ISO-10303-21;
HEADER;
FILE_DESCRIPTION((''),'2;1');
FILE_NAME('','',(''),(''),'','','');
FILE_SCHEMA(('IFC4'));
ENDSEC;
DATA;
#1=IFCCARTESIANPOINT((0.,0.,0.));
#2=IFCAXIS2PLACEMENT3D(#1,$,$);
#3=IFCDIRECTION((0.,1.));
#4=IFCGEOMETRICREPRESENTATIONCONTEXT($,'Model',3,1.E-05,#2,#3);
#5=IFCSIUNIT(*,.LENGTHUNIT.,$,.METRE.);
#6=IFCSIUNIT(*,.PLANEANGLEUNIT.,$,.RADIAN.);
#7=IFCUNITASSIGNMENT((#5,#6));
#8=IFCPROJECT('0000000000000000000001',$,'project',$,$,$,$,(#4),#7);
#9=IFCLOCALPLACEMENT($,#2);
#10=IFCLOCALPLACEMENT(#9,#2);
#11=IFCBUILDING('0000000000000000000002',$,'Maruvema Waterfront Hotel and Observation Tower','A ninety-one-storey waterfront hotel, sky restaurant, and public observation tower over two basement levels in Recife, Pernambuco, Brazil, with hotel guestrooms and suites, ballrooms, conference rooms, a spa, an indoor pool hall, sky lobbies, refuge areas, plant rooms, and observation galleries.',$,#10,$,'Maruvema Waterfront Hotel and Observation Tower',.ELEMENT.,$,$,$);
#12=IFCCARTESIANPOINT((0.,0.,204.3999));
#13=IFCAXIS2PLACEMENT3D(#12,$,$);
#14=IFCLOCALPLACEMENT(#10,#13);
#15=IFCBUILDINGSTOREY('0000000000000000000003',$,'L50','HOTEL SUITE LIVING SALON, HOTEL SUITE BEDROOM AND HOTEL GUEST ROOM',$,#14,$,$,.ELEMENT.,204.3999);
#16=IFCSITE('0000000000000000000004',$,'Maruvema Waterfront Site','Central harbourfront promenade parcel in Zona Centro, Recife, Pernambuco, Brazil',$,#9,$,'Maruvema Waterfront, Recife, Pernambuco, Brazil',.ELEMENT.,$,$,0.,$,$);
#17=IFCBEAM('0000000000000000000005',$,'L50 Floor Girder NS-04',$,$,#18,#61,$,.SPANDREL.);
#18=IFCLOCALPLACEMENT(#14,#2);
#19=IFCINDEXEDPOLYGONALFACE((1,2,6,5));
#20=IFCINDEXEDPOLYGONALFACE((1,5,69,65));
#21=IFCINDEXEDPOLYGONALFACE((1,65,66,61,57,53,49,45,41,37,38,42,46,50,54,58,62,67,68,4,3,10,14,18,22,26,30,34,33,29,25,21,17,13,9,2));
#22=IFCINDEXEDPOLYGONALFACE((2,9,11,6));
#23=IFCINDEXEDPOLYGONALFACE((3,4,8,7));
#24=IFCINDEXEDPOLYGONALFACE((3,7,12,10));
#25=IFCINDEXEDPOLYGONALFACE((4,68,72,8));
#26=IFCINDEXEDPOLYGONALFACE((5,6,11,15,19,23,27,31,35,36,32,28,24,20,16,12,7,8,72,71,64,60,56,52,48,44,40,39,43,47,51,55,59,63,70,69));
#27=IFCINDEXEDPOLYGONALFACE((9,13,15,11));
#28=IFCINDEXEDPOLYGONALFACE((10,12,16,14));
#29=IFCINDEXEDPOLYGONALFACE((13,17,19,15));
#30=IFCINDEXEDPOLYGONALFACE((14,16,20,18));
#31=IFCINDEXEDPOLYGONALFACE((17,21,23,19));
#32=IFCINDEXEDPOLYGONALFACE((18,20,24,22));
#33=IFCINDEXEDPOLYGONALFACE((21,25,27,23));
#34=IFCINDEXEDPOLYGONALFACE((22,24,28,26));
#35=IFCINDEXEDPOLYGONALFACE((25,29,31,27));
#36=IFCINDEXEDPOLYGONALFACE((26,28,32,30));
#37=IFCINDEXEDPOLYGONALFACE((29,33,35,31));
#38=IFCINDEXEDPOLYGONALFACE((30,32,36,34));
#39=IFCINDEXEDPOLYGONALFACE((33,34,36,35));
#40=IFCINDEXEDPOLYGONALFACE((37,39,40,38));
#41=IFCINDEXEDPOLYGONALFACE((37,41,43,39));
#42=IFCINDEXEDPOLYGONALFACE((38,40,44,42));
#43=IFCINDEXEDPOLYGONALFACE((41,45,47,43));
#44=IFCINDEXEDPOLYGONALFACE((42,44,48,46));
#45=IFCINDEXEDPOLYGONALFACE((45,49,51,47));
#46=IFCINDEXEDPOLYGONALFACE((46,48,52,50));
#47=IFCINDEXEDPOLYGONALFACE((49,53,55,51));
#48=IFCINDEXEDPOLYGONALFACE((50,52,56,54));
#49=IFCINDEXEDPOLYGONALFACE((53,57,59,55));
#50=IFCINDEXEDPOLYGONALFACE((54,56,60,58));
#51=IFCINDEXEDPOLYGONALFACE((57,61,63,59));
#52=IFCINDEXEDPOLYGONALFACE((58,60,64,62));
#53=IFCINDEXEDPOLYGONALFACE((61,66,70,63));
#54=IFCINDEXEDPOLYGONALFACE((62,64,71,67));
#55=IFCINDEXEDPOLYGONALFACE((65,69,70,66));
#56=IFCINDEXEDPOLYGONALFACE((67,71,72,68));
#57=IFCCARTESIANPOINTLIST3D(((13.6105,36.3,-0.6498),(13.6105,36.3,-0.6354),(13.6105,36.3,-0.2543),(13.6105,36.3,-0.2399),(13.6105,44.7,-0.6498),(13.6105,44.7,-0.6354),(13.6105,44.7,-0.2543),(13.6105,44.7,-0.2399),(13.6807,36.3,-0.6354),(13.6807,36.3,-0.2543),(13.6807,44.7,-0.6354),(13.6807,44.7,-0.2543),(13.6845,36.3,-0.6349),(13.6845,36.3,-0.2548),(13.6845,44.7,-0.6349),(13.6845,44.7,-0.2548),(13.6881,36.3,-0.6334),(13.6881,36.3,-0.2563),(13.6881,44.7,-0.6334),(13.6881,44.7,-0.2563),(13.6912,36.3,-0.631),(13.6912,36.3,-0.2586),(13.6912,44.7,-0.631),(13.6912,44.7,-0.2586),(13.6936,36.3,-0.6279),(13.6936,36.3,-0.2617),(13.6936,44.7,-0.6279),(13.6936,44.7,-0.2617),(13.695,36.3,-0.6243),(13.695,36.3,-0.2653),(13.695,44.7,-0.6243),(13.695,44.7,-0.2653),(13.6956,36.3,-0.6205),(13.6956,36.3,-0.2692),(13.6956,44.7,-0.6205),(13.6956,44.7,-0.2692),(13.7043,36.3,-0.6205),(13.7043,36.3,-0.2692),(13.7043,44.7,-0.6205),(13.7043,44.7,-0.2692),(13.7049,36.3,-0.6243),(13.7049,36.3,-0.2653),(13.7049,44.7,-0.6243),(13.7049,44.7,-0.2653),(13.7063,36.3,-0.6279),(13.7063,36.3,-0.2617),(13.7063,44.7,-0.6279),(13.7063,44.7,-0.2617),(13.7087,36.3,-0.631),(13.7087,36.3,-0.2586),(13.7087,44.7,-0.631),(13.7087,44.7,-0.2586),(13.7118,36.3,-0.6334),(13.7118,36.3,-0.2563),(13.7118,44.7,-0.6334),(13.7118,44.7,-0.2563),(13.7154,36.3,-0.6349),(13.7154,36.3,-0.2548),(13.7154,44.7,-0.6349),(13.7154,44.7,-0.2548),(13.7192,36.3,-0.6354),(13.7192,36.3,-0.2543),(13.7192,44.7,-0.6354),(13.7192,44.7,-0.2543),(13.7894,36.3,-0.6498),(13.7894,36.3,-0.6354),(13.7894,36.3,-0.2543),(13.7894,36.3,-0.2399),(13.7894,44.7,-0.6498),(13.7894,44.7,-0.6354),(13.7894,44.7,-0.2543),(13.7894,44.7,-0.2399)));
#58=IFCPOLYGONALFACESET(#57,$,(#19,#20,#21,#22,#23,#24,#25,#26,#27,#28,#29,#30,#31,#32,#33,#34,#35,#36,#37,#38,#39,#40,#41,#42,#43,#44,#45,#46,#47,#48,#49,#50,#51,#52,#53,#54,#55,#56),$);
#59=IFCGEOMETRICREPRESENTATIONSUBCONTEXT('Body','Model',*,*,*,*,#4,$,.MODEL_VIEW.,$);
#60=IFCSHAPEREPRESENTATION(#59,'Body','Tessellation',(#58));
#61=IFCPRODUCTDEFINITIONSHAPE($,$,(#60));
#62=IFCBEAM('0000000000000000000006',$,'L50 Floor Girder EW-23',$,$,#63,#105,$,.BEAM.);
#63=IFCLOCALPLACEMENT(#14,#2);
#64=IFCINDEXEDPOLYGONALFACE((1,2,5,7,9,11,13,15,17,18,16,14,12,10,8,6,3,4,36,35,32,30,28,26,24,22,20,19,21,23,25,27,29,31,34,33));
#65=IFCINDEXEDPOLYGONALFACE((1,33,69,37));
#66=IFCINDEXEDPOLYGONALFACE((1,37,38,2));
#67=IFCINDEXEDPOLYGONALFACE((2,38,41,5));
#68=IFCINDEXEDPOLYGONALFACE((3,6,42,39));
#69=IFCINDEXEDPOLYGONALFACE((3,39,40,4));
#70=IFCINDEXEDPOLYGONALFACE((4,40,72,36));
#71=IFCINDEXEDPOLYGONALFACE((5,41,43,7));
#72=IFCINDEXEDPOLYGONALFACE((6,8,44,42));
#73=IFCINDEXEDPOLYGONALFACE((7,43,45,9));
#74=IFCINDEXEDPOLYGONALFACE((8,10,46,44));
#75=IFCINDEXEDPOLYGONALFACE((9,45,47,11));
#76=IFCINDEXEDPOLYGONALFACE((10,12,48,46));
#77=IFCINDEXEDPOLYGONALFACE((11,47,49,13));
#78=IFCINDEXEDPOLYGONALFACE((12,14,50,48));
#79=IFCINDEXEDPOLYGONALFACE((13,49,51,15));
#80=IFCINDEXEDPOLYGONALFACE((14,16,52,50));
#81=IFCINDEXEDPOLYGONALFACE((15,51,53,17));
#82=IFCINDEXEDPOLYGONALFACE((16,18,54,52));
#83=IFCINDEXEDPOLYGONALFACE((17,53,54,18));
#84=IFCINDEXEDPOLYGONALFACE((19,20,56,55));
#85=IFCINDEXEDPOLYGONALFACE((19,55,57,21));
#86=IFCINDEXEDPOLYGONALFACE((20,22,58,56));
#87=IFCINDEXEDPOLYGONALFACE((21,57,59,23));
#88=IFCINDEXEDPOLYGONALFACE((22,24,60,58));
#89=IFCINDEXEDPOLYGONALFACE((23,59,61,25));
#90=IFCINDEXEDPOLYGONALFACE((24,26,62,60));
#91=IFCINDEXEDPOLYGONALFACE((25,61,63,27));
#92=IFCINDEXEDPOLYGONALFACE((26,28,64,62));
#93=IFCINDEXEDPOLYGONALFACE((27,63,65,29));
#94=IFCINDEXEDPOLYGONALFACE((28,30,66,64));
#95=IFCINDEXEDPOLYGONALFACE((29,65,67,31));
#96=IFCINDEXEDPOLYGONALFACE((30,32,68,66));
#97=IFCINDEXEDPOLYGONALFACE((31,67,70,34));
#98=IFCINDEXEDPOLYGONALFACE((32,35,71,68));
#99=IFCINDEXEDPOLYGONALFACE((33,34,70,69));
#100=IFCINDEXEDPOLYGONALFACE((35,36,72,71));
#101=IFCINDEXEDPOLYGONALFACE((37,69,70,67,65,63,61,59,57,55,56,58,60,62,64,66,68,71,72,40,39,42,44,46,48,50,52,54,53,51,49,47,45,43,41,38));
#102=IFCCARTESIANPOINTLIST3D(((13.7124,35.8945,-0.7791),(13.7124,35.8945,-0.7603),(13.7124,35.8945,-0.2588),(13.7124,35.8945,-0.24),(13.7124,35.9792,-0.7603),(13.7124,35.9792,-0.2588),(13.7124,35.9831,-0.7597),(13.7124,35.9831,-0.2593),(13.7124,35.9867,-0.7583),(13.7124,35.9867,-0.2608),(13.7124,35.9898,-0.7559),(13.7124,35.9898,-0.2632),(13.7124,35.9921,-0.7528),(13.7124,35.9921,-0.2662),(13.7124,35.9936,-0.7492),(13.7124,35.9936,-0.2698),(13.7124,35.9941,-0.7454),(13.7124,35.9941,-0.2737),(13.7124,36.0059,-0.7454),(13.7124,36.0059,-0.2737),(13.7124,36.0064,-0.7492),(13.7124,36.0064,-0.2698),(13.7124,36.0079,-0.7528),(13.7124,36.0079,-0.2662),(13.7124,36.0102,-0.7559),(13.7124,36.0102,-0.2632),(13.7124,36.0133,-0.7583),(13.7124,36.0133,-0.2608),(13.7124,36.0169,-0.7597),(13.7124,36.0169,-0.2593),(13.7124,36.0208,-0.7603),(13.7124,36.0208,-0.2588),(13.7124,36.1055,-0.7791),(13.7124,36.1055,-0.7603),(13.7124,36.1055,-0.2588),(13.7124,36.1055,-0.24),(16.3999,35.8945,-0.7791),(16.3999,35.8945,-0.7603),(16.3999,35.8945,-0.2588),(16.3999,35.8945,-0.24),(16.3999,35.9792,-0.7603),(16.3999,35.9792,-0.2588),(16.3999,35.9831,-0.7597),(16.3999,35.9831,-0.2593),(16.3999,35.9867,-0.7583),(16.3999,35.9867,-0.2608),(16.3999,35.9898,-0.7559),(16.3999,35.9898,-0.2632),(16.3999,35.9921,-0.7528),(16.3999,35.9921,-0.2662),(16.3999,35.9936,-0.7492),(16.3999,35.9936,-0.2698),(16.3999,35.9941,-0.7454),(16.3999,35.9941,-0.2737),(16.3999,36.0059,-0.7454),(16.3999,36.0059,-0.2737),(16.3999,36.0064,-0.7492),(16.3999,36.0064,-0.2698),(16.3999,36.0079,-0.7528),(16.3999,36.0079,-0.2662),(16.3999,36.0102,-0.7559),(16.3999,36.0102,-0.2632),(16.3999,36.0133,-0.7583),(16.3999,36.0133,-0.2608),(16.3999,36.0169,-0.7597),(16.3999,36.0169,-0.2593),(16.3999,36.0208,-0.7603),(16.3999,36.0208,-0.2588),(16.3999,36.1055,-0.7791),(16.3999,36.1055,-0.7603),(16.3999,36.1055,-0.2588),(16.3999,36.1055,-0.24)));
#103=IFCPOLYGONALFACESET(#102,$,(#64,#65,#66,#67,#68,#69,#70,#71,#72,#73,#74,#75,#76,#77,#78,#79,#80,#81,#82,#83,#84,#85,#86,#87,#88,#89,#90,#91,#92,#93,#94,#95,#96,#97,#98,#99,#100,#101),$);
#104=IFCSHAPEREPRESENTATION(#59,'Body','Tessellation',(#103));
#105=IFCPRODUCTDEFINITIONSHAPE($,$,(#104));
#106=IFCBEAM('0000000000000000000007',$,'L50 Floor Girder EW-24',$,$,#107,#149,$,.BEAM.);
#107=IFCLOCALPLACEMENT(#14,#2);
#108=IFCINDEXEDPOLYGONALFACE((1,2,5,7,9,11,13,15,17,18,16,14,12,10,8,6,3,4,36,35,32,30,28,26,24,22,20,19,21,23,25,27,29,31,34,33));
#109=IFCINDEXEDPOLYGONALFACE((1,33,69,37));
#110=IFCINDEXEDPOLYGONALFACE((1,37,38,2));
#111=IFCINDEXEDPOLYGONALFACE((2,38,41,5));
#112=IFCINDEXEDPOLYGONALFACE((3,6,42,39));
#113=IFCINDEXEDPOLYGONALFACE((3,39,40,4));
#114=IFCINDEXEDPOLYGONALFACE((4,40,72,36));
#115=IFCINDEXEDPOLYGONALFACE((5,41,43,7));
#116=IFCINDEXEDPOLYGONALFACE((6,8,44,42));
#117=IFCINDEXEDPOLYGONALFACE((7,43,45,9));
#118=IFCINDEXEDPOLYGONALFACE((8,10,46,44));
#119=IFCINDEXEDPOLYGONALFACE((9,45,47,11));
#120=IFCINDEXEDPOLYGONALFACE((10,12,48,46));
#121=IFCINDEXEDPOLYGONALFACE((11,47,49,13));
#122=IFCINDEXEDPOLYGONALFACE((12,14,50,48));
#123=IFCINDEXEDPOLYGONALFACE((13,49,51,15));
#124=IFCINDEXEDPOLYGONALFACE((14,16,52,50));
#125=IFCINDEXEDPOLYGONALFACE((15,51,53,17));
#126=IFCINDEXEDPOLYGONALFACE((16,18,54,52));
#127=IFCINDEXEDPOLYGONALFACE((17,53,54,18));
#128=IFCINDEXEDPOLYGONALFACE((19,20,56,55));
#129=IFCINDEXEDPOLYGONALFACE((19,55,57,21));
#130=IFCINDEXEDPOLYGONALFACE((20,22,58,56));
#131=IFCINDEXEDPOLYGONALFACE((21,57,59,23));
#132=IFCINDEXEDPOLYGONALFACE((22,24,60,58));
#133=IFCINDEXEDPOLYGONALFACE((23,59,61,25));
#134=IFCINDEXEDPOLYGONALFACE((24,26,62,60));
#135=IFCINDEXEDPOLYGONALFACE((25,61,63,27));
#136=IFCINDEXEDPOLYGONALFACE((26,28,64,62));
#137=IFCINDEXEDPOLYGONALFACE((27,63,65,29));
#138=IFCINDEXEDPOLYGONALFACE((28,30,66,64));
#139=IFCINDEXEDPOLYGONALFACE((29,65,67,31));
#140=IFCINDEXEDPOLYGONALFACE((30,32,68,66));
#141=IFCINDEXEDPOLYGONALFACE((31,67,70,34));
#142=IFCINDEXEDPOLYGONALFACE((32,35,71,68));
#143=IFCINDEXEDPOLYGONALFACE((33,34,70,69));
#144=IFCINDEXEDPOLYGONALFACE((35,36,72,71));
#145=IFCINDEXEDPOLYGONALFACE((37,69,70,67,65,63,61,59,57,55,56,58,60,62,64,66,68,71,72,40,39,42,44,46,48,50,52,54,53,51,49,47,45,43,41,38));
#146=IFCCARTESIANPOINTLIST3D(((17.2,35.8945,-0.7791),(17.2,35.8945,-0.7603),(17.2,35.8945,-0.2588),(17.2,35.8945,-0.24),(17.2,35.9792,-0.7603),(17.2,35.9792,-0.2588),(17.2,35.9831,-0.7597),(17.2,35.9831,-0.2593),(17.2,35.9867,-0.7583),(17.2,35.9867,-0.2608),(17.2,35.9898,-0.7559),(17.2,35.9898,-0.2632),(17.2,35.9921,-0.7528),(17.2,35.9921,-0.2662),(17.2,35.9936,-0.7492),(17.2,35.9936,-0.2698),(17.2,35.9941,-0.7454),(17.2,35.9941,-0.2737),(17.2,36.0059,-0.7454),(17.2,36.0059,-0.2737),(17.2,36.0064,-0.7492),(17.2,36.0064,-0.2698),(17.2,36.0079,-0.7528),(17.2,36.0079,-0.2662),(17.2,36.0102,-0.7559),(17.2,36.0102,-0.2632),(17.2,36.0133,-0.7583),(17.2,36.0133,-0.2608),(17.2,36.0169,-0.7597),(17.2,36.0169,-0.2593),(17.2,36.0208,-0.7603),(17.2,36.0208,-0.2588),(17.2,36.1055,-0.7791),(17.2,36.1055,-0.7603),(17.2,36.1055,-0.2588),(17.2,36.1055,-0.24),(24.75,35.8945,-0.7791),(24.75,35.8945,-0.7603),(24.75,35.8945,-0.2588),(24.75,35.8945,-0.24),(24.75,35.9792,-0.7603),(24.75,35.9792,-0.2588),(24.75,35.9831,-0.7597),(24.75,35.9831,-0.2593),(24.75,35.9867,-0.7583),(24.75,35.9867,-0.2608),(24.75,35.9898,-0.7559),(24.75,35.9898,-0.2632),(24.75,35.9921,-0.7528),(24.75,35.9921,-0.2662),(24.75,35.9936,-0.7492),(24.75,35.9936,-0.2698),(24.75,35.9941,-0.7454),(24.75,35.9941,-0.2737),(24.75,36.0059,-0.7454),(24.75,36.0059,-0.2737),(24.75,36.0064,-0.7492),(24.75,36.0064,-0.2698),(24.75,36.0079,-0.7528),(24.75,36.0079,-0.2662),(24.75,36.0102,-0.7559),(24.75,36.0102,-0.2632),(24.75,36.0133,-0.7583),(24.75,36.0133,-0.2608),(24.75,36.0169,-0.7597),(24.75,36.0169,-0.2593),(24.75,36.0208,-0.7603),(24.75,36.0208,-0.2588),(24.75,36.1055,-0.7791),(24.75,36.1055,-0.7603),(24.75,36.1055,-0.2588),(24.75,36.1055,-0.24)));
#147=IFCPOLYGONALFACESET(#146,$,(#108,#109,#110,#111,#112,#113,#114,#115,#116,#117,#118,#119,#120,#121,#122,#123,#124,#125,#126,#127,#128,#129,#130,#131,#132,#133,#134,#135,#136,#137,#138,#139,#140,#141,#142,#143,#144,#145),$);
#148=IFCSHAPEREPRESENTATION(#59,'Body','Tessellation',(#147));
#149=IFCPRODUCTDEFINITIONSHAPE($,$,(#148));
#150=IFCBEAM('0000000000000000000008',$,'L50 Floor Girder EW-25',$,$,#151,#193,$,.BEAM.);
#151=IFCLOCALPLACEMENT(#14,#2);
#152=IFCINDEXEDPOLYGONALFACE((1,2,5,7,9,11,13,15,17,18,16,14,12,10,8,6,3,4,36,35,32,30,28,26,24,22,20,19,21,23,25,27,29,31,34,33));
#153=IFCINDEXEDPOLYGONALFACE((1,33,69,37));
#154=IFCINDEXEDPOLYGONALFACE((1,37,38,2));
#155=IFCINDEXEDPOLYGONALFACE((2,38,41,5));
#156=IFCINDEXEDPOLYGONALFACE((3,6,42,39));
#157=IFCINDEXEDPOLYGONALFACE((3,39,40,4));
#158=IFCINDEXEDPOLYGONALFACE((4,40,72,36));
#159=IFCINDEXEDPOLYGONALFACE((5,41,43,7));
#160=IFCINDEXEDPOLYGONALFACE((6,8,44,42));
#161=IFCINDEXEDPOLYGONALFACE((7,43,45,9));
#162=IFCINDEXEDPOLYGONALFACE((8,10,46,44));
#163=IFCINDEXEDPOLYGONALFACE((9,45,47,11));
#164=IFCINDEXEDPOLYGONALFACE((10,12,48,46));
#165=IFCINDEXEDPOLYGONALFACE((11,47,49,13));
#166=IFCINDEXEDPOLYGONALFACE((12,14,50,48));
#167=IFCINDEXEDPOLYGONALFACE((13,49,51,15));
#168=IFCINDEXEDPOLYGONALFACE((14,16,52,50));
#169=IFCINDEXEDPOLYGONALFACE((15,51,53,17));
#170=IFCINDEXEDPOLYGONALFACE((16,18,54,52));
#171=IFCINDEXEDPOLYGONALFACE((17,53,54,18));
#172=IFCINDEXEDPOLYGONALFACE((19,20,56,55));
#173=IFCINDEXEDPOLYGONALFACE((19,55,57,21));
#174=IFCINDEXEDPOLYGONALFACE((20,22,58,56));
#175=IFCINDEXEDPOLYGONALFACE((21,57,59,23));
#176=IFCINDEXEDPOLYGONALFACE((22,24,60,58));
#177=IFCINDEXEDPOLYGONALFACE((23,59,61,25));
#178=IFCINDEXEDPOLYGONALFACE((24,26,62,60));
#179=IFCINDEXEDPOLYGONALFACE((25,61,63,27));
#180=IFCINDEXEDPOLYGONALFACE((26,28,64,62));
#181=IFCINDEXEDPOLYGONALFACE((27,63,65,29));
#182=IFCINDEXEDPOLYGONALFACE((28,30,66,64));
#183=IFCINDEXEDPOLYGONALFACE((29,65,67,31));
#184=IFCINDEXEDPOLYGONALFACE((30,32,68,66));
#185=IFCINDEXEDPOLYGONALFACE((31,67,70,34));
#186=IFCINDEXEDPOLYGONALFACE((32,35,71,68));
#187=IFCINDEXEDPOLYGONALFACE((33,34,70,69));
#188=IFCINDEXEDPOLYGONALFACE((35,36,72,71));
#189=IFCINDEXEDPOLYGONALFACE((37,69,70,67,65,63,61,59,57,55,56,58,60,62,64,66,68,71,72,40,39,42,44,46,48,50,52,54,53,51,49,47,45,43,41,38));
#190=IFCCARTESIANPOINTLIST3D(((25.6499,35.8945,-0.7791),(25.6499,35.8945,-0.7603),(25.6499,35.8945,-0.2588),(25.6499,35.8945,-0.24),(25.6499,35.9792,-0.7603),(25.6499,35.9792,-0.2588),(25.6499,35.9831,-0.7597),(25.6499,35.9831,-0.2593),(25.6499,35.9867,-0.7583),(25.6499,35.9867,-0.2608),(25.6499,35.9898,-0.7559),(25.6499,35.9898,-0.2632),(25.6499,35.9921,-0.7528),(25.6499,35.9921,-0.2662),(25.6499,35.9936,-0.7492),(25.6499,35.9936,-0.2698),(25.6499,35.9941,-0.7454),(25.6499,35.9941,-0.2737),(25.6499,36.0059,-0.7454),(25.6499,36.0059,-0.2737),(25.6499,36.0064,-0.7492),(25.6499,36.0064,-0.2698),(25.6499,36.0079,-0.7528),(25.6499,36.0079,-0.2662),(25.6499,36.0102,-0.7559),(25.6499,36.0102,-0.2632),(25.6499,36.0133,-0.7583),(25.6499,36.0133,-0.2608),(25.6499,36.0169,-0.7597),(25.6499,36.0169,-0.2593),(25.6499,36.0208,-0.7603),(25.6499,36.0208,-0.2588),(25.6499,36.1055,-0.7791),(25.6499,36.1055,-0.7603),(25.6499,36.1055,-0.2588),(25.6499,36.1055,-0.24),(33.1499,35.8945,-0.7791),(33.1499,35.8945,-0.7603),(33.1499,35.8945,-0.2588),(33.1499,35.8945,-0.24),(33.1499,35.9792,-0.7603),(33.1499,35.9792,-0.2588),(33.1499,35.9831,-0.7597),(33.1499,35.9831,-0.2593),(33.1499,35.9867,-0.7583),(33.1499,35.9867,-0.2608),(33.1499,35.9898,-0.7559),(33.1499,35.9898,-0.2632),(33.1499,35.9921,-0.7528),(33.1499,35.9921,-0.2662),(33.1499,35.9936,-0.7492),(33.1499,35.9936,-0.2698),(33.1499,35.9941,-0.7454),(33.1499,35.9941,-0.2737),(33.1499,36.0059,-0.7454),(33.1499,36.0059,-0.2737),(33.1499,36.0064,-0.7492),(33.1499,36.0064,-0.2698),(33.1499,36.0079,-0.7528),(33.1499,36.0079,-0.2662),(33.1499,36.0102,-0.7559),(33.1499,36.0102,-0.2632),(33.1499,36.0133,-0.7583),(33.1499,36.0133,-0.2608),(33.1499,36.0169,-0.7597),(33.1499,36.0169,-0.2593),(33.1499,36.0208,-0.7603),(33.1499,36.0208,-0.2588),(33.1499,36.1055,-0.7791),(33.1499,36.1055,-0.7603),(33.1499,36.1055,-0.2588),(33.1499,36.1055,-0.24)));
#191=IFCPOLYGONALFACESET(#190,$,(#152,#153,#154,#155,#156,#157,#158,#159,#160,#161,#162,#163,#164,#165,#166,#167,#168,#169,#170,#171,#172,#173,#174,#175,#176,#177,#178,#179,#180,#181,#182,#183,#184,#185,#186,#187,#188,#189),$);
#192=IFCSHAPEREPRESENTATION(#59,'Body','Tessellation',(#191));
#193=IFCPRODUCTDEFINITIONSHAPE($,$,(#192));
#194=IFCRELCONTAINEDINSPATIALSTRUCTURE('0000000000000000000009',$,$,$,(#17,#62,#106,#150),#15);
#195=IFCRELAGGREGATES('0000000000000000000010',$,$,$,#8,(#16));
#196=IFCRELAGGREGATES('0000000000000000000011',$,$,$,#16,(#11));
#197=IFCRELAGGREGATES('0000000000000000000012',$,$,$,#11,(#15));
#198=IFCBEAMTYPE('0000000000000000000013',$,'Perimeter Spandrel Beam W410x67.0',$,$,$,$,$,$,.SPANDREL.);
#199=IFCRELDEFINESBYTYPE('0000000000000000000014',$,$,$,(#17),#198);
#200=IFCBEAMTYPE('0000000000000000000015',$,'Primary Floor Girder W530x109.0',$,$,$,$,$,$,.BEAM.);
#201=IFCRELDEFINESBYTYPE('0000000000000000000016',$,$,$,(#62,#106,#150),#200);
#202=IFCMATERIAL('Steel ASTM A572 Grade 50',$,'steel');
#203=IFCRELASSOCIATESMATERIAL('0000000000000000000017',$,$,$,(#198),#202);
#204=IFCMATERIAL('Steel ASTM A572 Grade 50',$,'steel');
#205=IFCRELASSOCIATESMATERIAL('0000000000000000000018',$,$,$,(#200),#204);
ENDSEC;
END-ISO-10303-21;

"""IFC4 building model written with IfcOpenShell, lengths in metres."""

from ifc_helpers import new_model, si_unit, direction, frame, origin, origin_2d, place, context, subcontext, project, spatial, i_section, extrude, material, material_profile, profile_set, type_object, element, save


model = new_model("IFC4")

# Units and contexts
model_context = context("Model", 3, precision=1e-05, world=origin(), true_north=direction((0.0, 1.0)))
body_context = subcontext(model_context, "Body", "Model", "MODEL_VIEW")
ifc_project = project(units=[si_unit("LENGTHUNIT", "METRE"), si_unit("PLANEANGLEUNIT", "RADIAN")], contexts=[model_context])

# Site, building, storey
site_placement = place(None, origin())
site = spatial("IfcSite", under=ifc_project, at=site_placement, Name="Maruvema Waterfront Site", Description="Central harbourfront promenade parcel in Zona Centro, Recife, Pernambuco, Brazil", LongName="Maruvema Waterfront, Recife, Pernambuco, Brazil", CompositionType="ELEMENT", RefElevation=0.0)
building_placement = place(site_placement, origin())
building = spatial("IfcBuilding", under=site, at=building_placement, Name="Maruvema Waterfront Hotel and Observation Tower", Description="A ninety-one-storey waterfront hotel, sky restaurant, and public observation tower over two basement levels in Recife, Pernambuco, Brazil, with hotel guestrooms and suites, ballrooms, conference rooms, a spa, an indoor pool hall, sky lobbies, refuge areas, plant rooms, and observation galleries.", LongName="Maruvema Waterfront Hotel and Observation Tower", CompositionType="ELEMENT")
storey_placement = place(building_placement, frame((0.0, 0.0, 204.3999)))
storey = spatial("IfcBuildingStorey", under=building, at=storey_placement, Name="L50", Description="HOTEL SUITE LIVING SALON, HOTEL SUITE BEDROOM AND HOTEL GUEST ROOM", CompositionType="ELEMENT", Elevation=204.3999)

# Beams
ifc_material_1 = material(Name="Steel ASTM A572 Grade 50", Category="steel")
ifc_material_profile_1 = material_profile(ifc_material_1, i_section(OverallWidth=0.179, OverallDepth=0.4099, WebThickness=0.0088, FlangeThickness=0.0144, FilletRadius=0.0149, at=origin_2d()), Name="W410x67.0")
ifc_profile_set_1 = profile_set([ifc_material_profile_1], Name="Steel ASTM A572 Grade 50")
beam_type_1 = type_object("IfcBeamType", Name="Perimeter Spandrel Beam W410x67.0", PredefinedType="SPANDREL", material=ifc_profile_set_1)
beam_1_placement = place(storey_placement, frame((13.7, 36.3, -0.4448), z_axis=(0.0, 1.0, 0.0), x_axis=(-1.0, 0.0, 0.0)))
element("IfcBeam", 1, at=beam_1_placement, inside=storey, type_object=beam_type_1, Name="L50 Floor Girder NS-04", PredefinedType="SPANDREL", context=body_context, shape_type="SweptSolid", body=[
    extrude(i_section(OverallWidth=0.179, OverallDepth=0.4099, WebThickness=0.0088, FlangeThickness=0.0144, FilletRadius=0.0149, at=origin_2d()), origin(), (0.0, 0.0, 1.0), 8.3999),
])
ifc_material_2 = material(Name="Steel ASTM A572 Grade 50", Category="steel")
ifc_material_profile_2 = material_profile(ifc_material_2, i_section(OverallWidth=0.2109, OverallDepth=0.5391, WebThickness=0.0117, FlangeThickness=0.0188, FilletRadius=0.0149, at=origin_2d()), Name="W530x109.0")
ifc_profile_set_2 = profile_set([ifc_material_profile_2], Name="Steel ASTM A572 Grade 50")
beam_type_2 = type_object("IfcBeamType", Name="Primary Floor Girder W530x109.0", PredefinedType="BEAM", material=ifc_profile_set_2)
beam_2_placement = place(storey_placement, frame((13.7124, 36.0, -0.5095), z_axis=(1.0, 0.0, 0.0), x_axis=(0.0, 1.0, 0.0)))
element("IfcBeam", 2, at=beam_2_placement, inside=storey, type_object=beam_type_2, Name="L50 Floor Girder EW-23", PredefinedType="BEAM", context=body_context, shape_type="SweptSolid", body=[
    extrude(i_section(OverallWidth=0.2109, OverallDepth=0.5391, WebThickness=0.0117, FlangeThickness=0.0188, FilletRadius=0.0149, at=origin_2d()), origin(), (0.0, 0.0, 1.0), 2.6875),
])
beam_3_placement = place(storey_placement, frame((17.2, 36.0, -0.5095), z_axis=(1.0, 0.0, 0.0), x_axis=(0.0, 1.0, 0.0)))
element("IfcBeam", 3, at=beam_3_placement, inside=storey, type_object=beam_type_2, Name="L50 Floor Girder EW-24", PredefinedType="BEAM", context=body_context, shape_type="SweptSolid", body=[
    extrude(i_section(OverallWidth=0.2109, OverallDepth=0.5391, WebThickness=0.0117, FlangeThickness=0.0188, FilletRadius=0.0149, at=origin_2d()), origin(), (0.0, 0.0, 1.0), 7.55),
])
beam_4_placement = place(storey_placement, frame((25.6499, 36.0, -0.5095), z_axis=(1.0, 0.0, 0.0), x_axis=(0.0, 1.0, 0.0)))
element("IfcBeam", 4, at=beam_4_placement, inside=storey, type_object=beam_type_2, Name="L50 Floor Girder EW-25", PredefinedType="BEAM", context=body_context, shape_type="SweptSolid", body=[
    extrude(i_section(OverallWidth=0.2109, OverallDepth=0.5391, WebThickness=0.0117, FlangeThickness=0.0188, FilletRadius=0.0149, at=origin_2d()), origin(), (0.0, 0.0, 1.0), 7.5),
])

save(model, "model.ifc")
